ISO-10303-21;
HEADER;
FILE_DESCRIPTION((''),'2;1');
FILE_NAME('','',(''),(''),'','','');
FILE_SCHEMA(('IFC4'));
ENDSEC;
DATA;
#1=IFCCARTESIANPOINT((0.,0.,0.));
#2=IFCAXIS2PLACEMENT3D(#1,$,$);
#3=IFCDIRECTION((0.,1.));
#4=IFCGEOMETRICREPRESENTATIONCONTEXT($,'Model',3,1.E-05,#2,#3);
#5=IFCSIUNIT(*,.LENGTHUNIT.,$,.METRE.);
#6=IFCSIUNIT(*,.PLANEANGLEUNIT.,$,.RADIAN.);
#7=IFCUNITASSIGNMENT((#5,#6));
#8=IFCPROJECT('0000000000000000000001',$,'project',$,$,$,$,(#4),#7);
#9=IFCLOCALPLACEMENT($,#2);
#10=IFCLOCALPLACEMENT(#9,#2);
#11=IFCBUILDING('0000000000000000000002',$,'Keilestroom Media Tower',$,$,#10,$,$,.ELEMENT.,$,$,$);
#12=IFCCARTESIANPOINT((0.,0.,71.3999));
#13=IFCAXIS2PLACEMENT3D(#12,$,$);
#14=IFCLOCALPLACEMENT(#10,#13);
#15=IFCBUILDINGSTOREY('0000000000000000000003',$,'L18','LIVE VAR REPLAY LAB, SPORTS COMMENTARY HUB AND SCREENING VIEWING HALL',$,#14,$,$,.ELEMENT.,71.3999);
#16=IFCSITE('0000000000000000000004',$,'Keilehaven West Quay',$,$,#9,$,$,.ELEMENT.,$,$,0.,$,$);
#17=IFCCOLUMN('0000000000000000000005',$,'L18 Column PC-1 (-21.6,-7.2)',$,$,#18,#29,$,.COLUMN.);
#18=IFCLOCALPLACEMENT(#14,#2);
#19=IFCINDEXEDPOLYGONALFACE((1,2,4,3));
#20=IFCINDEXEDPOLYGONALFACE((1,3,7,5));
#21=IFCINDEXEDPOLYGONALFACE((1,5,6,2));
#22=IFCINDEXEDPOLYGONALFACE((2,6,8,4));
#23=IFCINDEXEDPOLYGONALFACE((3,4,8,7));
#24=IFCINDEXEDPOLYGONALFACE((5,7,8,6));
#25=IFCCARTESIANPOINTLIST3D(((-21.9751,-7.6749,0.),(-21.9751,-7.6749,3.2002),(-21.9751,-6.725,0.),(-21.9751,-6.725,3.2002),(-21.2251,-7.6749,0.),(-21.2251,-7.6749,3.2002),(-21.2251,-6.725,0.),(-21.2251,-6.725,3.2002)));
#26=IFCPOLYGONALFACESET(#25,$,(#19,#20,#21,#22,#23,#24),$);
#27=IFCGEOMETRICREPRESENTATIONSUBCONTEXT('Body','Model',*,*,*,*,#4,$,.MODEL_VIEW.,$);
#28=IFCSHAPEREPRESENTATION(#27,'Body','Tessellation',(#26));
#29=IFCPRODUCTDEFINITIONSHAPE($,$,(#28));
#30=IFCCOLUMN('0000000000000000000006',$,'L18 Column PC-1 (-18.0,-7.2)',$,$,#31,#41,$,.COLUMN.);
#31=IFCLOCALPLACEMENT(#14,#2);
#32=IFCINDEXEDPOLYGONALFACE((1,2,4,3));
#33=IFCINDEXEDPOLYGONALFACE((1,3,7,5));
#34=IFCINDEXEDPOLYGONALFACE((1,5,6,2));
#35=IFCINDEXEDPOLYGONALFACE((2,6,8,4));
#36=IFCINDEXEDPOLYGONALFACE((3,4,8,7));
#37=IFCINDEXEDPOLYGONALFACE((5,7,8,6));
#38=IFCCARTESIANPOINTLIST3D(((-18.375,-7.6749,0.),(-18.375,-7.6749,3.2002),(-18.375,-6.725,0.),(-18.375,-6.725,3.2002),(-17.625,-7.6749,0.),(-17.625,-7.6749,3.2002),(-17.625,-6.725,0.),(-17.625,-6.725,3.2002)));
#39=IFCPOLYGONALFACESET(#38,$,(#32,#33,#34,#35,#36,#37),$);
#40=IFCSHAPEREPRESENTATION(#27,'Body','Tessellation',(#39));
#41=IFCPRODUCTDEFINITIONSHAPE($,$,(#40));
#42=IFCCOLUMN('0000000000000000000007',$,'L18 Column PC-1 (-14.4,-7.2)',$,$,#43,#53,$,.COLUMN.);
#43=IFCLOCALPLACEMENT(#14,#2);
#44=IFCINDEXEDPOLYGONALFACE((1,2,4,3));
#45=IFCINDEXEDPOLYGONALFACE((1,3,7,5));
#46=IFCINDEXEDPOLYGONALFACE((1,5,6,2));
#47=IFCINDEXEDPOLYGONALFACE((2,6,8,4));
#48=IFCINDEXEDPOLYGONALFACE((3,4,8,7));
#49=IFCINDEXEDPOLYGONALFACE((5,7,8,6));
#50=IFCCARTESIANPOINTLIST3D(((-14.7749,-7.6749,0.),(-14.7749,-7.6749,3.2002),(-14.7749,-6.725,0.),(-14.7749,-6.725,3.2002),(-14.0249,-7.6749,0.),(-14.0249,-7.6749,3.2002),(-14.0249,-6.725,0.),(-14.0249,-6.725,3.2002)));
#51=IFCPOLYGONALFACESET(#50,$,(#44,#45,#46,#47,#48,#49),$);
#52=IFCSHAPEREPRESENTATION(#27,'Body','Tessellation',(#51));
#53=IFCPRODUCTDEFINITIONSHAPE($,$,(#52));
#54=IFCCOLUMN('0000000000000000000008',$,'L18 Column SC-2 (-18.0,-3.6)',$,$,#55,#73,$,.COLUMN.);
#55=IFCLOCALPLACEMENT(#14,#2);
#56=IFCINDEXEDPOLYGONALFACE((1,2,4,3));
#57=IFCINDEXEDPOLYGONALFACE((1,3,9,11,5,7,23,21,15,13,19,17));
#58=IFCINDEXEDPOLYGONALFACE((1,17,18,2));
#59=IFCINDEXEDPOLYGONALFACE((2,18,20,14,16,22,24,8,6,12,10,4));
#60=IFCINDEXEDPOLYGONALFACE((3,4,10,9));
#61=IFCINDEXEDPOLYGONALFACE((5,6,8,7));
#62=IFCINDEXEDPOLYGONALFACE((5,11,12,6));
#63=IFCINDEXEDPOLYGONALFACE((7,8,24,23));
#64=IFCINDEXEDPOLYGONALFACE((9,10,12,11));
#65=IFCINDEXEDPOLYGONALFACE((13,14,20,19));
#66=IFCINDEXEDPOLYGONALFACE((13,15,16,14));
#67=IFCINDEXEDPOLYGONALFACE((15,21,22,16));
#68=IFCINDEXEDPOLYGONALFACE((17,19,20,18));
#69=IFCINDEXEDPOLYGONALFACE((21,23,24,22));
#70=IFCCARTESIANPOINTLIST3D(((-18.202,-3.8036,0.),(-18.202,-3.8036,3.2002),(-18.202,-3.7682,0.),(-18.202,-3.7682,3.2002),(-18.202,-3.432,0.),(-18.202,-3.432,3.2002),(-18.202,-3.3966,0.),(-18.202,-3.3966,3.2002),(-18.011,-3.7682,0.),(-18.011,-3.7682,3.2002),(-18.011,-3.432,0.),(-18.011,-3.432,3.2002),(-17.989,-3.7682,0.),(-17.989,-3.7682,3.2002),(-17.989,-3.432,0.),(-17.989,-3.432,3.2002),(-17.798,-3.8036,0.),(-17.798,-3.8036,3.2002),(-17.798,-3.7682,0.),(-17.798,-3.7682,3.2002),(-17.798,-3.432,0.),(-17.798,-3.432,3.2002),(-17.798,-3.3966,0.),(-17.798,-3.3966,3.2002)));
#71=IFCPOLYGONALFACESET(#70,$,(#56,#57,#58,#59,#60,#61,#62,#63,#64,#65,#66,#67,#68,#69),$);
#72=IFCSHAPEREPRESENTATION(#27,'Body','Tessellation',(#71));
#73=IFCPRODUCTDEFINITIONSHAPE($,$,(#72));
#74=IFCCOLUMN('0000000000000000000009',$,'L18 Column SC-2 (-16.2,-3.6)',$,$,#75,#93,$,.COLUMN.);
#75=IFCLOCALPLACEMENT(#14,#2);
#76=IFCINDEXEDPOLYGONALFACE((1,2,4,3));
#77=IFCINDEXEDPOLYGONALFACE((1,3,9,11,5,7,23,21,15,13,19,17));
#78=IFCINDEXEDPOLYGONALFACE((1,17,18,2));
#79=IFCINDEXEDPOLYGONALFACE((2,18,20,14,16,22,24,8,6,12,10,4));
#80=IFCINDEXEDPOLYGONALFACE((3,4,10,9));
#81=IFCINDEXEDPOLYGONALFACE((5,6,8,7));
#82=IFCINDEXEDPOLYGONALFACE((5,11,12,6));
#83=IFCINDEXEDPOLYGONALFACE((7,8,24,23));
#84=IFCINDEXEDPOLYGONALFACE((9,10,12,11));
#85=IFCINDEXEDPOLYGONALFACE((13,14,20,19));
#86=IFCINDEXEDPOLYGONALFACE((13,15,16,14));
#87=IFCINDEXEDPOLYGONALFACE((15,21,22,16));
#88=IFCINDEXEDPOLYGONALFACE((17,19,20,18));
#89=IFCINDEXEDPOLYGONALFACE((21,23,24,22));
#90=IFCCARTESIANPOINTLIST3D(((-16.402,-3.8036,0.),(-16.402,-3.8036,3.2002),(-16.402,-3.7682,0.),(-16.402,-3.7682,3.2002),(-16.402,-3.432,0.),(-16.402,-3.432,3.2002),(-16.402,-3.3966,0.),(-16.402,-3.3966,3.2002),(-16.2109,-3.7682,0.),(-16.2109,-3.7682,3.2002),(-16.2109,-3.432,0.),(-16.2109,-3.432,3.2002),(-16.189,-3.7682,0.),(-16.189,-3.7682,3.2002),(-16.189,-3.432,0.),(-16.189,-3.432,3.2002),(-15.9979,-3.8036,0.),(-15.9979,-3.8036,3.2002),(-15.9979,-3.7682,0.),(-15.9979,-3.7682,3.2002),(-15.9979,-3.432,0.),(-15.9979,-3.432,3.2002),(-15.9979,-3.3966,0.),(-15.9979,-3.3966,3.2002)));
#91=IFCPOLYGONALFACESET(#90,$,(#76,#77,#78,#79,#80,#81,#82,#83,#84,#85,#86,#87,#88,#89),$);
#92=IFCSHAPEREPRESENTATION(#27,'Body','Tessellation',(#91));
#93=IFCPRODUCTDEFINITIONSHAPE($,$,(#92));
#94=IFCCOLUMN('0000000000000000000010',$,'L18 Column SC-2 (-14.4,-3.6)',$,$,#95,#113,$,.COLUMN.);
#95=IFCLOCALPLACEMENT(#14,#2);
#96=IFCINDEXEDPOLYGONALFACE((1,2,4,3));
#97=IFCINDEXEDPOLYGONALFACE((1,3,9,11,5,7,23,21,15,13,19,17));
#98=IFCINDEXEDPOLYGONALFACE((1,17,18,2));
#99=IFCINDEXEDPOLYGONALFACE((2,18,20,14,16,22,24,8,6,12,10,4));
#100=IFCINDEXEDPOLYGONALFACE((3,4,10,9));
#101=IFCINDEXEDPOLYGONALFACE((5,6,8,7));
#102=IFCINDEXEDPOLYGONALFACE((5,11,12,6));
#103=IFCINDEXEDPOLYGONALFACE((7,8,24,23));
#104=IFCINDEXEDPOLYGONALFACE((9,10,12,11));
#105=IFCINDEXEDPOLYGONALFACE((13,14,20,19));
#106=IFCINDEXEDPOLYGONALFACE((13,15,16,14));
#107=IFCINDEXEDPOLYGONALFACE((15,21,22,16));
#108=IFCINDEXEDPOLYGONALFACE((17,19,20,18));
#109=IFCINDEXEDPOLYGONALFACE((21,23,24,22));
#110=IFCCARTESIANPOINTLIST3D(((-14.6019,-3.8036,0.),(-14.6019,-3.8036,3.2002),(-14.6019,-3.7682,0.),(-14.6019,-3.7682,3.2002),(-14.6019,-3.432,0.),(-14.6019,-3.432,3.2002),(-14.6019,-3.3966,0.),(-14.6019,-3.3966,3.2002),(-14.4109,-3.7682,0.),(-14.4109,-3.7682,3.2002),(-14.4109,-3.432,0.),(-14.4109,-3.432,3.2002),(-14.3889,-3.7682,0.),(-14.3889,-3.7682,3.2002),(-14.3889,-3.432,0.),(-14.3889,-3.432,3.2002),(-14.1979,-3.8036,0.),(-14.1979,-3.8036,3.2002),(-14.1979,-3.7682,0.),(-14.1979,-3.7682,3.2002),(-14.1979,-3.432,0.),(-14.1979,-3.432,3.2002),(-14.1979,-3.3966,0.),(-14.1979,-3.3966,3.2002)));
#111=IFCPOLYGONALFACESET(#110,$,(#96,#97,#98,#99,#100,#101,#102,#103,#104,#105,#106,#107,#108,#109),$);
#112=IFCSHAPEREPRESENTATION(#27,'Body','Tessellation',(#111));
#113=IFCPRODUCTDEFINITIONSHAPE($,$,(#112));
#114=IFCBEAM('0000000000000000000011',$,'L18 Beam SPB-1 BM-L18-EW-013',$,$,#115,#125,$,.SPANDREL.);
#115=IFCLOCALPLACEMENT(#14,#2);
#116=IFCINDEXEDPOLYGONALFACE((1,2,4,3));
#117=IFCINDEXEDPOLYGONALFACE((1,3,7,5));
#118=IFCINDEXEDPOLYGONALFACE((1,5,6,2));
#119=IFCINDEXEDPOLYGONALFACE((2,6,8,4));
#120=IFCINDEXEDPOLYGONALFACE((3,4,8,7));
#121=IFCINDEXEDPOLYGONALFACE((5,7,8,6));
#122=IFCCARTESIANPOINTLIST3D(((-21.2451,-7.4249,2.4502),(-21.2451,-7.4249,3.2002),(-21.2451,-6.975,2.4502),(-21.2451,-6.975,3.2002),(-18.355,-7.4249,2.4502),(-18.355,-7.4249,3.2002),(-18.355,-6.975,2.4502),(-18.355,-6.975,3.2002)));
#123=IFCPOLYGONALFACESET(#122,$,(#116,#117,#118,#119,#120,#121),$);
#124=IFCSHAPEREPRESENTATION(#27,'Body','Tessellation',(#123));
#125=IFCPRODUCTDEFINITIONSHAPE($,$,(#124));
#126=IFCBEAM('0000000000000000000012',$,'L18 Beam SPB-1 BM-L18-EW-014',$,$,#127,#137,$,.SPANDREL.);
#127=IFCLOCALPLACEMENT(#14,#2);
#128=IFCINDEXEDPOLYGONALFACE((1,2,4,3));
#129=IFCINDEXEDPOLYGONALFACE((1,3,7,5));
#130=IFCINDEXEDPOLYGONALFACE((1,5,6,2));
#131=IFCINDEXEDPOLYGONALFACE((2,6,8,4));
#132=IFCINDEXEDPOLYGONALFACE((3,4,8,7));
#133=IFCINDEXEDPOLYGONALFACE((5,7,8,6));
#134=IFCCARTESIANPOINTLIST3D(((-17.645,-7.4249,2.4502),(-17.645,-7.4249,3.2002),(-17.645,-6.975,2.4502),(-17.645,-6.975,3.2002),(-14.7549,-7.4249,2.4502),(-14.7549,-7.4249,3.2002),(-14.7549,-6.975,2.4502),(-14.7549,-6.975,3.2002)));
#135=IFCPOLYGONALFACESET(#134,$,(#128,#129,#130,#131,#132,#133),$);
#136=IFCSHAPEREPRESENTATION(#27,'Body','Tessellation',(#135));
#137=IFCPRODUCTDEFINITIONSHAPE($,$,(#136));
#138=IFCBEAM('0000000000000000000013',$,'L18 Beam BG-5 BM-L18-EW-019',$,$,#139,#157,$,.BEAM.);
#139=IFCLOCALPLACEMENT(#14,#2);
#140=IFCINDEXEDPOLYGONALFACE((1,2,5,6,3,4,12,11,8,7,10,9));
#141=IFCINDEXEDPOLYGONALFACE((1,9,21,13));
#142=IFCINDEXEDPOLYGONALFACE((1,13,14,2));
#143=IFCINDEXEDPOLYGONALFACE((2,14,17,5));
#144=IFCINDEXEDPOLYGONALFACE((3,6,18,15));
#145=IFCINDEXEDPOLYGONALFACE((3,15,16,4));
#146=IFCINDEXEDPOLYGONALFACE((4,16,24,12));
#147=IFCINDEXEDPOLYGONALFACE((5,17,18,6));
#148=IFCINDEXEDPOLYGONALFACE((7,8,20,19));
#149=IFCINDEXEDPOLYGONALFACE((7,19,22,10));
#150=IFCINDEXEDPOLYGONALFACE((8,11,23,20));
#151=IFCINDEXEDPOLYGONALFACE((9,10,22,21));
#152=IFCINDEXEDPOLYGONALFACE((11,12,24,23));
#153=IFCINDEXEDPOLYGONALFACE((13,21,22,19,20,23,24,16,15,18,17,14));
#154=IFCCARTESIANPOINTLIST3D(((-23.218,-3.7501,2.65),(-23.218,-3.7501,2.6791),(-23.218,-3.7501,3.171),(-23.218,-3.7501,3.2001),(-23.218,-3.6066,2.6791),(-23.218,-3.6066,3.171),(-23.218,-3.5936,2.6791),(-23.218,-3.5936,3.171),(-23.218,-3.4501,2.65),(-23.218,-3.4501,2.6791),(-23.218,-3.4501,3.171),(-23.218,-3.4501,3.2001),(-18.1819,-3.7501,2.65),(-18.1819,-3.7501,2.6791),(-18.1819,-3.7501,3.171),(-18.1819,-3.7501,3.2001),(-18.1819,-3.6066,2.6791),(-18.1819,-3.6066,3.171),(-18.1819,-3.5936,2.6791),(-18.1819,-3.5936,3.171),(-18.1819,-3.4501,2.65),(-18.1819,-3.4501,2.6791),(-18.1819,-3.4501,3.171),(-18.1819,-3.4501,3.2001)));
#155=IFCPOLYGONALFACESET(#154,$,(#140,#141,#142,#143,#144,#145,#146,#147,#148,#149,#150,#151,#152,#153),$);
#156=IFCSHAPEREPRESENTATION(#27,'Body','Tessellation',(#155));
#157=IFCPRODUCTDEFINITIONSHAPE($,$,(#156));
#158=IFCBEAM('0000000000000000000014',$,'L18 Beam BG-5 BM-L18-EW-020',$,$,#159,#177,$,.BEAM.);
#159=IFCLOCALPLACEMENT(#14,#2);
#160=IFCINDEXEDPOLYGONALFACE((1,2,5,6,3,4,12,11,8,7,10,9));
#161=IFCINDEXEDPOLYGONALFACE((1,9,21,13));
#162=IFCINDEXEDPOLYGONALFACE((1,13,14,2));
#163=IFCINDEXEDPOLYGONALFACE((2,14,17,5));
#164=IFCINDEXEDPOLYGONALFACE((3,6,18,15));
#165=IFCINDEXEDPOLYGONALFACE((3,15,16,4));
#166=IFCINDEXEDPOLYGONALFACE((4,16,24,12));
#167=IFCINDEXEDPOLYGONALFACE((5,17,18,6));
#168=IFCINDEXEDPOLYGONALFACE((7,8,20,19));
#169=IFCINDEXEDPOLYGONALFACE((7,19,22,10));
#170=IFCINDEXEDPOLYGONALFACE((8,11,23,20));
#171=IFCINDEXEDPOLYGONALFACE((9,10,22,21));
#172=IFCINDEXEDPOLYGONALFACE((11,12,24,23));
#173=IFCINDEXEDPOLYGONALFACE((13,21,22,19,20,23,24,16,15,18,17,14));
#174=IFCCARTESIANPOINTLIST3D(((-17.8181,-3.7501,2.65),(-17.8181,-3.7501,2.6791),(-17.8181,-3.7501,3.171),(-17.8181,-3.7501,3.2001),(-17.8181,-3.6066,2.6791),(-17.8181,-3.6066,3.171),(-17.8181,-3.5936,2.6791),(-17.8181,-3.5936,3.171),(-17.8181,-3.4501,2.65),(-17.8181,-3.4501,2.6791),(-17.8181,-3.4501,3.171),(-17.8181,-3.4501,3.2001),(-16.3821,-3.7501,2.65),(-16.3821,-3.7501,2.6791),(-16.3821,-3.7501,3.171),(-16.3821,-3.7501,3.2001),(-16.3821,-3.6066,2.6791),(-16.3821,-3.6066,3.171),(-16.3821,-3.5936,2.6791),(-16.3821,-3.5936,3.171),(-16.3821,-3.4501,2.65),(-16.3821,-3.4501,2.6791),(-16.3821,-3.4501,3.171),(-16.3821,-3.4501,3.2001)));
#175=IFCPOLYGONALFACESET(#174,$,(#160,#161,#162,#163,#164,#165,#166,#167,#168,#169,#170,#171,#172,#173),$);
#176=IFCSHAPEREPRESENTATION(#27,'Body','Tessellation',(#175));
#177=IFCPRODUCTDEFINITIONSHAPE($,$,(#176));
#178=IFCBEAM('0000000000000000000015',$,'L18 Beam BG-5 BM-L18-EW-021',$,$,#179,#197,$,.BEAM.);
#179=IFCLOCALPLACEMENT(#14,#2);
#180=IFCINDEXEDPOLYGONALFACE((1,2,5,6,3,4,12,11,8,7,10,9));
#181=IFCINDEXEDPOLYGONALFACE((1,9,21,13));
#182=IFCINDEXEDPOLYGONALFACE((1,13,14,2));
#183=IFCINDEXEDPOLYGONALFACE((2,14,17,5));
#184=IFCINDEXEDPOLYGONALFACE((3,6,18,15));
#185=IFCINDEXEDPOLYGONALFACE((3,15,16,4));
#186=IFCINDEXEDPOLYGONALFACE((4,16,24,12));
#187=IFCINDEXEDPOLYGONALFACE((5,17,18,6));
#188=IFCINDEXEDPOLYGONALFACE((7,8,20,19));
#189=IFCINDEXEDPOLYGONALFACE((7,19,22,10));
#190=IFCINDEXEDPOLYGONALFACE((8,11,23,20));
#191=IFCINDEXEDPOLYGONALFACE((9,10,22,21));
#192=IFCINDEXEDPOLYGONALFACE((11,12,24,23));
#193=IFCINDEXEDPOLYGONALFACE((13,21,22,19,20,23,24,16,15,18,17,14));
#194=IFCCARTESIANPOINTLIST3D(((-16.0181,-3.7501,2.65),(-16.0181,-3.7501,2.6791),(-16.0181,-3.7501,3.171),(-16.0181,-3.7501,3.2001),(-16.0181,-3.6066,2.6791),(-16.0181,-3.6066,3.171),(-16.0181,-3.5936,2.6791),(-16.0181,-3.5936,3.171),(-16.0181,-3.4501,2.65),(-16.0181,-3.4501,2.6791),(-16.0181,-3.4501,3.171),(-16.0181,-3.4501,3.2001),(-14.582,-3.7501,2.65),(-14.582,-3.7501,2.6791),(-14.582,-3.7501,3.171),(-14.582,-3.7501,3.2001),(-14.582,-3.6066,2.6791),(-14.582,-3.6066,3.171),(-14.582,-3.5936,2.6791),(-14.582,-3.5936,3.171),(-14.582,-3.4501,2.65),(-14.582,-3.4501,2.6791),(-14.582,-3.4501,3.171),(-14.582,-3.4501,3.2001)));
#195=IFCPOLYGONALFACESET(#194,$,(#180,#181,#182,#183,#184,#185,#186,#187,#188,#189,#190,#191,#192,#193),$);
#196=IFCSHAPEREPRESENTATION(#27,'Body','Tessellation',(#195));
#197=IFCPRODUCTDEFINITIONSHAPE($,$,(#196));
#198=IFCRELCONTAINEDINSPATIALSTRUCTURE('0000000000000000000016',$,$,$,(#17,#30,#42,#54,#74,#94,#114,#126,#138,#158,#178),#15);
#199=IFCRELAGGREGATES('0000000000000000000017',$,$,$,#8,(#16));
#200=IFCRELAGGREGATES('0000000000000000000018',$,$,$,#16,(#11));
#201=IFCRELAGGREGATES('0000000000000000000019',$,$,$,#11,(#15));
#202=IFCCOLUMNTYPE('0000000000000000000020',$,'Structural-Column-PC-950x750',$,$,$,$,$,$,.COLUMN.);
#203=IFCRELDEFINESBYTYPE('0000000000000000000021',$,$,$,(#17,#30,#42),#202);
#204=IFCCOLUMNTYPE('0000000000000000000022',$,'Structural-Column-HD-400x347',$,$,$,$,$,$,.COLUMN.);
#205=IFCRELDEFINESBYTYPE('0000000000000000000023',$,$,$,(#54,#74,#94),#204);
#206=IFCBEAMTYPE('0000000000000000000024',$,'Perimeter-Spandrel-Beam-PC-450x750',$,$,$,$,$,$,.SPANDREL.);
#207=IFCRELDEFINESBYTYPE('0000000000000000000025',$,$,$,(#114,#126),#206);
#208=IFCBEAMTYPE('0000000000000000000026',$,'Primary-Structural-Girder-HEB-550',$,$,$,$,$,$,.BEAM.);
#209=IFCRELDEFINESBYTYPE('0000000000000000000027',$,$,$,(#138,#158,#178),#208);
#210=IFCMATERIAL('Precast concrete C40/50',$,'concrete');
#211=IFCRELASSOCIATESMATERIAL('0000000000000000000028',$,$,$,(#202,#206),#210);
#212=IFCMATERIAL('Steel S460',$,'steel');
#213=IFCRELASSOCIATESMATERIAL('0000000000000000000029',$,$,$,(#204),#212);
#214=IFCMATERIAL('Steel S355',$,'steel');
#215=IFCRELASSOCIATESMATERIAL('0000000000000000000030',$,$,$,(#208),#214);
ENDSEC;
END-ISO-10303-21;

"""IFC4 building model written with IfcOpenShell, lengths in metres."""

from ifc_helpers import new_model, si_unit, direction, frame, origin, origin_2d, place, context, subcontext, project, spatial, rectangle, i_section, extrude, source, transform, mapped, material, material_profile, profile_set, type_object, element, save


model = new_model("IFC4")

# Units and contexts
model_context = context("Model", 3, precision=1e-05, world=origin(), true_north=direction((0.0, 1.0)))
body_context = subcontext(model_context, "Body", "Model", "MODEL_VIEW")
ifc_project = project(units=[si_unit("LENGTHUNIT", "METRE"), si_unit("PLANEANGLEUNIT", "RADIAN")], contexts=[model_context])

# Site, building, storey
site_placement = place(None, origin())
site = spatial("IfcSite", under=ifc_project, at=site_placement, Name="Keilehaven West Quay", CompositionType="ELEMENT", RefElevation=0.0)
building_placement = place(site_placement, origin())
building = spatial("IfcBuilding", under=site, at=building_placement, Name="Keilestroom Media Tower", CompositionType="ELEMENT")
storey_placement = place(building_placement, frame((0.0, 0.0, 71.3999)))
storey = spatial("IfcBuildingStorey", under=building, at=storey_placement, Name="L18", Description="LIVE VAR REPLAY LAB, SPORTS COMMENTARY HUB AND SCREENING VIEWING HALL", CompositionType="ELEMENT", Elevation=71.3999)

# Columns
ifc_material_1 = material(Name="Precast concrete C40/50", Category="concrete")
ifc_material_profile_1 = material_profile(ifc_material_1, rectangle(XDim=0.75, YDim=0.95, at=origin_2d()), Name="PC 950x750")
ifc_profile_set_1 = profile_set([ifc_material_profile_1], Name="Precast concrete C40/50")
column_type_1 = type_object("IfcColumnType", Name="Structural-Column-PC-950x750", PredefinedType="COLUMN", material=ifc_profile_set_1)
shared_shape_1 = source(origin(), body_context, "Body", "SweptSolid", [
    extrude(rectangle(XDim=0.75, YDim=0.95, at=origin_2d()), origin(), (0.0, 0.0, 1.0), 3.2002),
])
for number, where, z_axis, x_axis, name in (
    (1, (-21.6001, -7.2, 0.0), (0.0, 0.0, 1.0), (1.0, 0.0, 0.0), "L18 Column PC-1 (-21.6,-7.2)"),
    (2, (-18.0, -7.2, 0.0), (0.0, 0.0, 1.0), (1.0, 0.0, 0.0), "L18 Column PC-1 (-18.0,-7.2)"),
    (3, (-14.3999, -7.2, 0.0), (0.0, 0.0, 1.0), (1.0, 0.0, 0.0), "L18 Column PC-1 (-14.4,-7.2)"),
):
    element("IfcColumn", number, at=place(storey_placement, frame(where, z_axis=z_axis, x_axis=x_axis)), inside=storey, type_object=column_type_1, Name=name, PredefinedType="COLUMN", context=body_context, shape_type="MappedRepresentation", body=[
        mapped(shared_shape_1, transform((0.0, 0.0, 0.0), x_axis=(1.0, 0.0, 0.0), y_axis=(0.0, 1.0, 0.0), z_axis=(0.0, 0.0, 1.0), scale=1.0)),
    ])
ifc_material_2 = material(Name="Steel S460", Category="steel")
ifc_material_profile_2 = material_profile(ifc_material_2, i_section(OverallWidth=0.4041, OverallDepth=0.407, WebThickness=0.022, FlangeThickness=0.0354, at=origin_2d()), Name="HD 400x347")
ifc_profile_set_2 = profile_set([ifc_material_profile_2], Name="Steel S460")
column_type_2 = type_object("IfcColumnType", Name="Structural-Column-HD-400x347", PredefinedType="COLUMN", material=ifc_profile_set_2)
shared_shape_2 = source(origin(), body_context, "Body", "SweptSolid", [
    extrude(i_section(OverallWidth=0.4041, OverallDepth=0.407, WebThickness=0.022, FlangeThickness=0.0354, at=origin_2d()), origin(), (0.0, 0.0, 1.0), 3.2002),
])
for number, where, z_axis, x_axis, name in (
    (4, (-18.0, -3.6001, 0.0), (0.0, 0.0, 1.0), (1.0, 0.0, 0.0), "L18 Column SC-2 (-18.0,-3.6)"),
    (5, (-16.2, -3.6001, 0.0), (0.0, 0.0, 1.0), (1.0, 0.0, 0.0), "L18 Column SC-2 (-16.2,-3.6)"),
    (6, (-14.3999, -3.6001, 0.0), (0.0, 0.0, 1.0), (1.0, 0.0, 0.0), "L18 Column SC-2 (-14.4,-3.6)"),
):
    element("IfcColumn", number, at=place(storey_placement, frame(where, z_axis=z_axis, x_axis=x_axis)), inside=storey, type_object=column_type_2, Name=name, PredefinedType="COLUMN", context=body_context, shape_type="MappedRepresentation", body=[
        mapped(shared_shape_2, transform((0.0, 0.0, 0.0), x_axis=(1.0, 0.0, 0.0), y_axis=(0.0, 1.0, 0.0), z_axis=(0.0, 0.0, 1.0), scale=1.0)),
    ])

# Beams
ifc_material_profile_3 = material_profile(ifc_material_1, rectangle(XDim=0.45, YDim=0.75, at=origin_2d()), Name="PC 450x750")
ifc_profile_set_3 = profile_set([ifc_material_profile_3], Name="Precast concrete C40/50")
beam_type_1 = type_object("IfcBeamType", Name="Perimeter-Spandrel-Beam-PC-450x750", PredefinedType="SPANDREL", material=ifc_profile_set_3)
shared_shape_3 = source(origin(), body_context, "Body", "SweptSolid", [
    extrude(rectangle(XDim=0.45, YDim=0.75, at=origin_2d()), origin(), (0.0, 0.0, 1.0), 2.8901),
])
for number, where, z_axis, x_axis, name in (
    (7, (-21.2451, -7.2, 2.8252), (1.0, 0.0, 0.0), (0.0, 1.0, 0.0), "L18 Beam SPB-1 BM-L18-EW-013"),
    (8, (-17.645, -7.2, 2.8252), (1.0, 0.0, 0.0), (0.0, 1.0, 0.0), "L18 Beam SPB-1 BM-L18-EW-014"),
):
    element("IfcBeam", number, at=place(storey_placement, frame(where, z_axis=z_axis, x_axis=x_axis)), inside=storey, type_object=beam_type_1, Name=name, PredefinedType="SPANDREL", context=body_context, shape_type="MappedRepresentation", body=[
        mapped(shared_shape_3, transform((0.0, 0.0, 0.0), x_axis=(1.0, 0.0, 0.0), y_axis=(0.0, 1.0, 0.0), z_axis=(0.0, 0.0, 1.0), scale=1.0)),
    ])
ifc_material_3 = material(Name="Steel S355", Category="steel")
ifc_material_profile_4 = material_profile(ifc_material_3, i_section(OverallWidth=0.3, OverallDepth=0.55, WebThickness=0.0129, FlangeThickness=0.0291, at=origin_2d()), Name="HEB 550")
ifc_profile_set_4 = profile_set([ifc_material_profile_4], Name="Steel S355")
beam_type_2 = type_object("IfcBeamType", Name="Primary-Structural-Girder-HEB-550", PredefinedType="BEAM", material=ifc_profile_set_4)
shared_shape_4 = source(origin(), body_context, "Body", "SweptSolid", [
    extrude(i_section(OverallWidth=0.3, OverallDepth=0.55, WebThickness=0.0129, FlangeThickness=0.0291, at=origin_2d()), origin(), (0.0, 0.0, 1.0), 5.0361),
])
beam_1_placement = place(storey_placement, frame((-23.218, -3.6001, 2.925), z_axis=(1.0, 0.0, 0.0), x_axis=(0.0, 1.0, 0.0)))
element("IfcBeam", 9, at=beam_1_placement, inside=storey, type_object=beam_type_2, Name="L18 Beam BG-5 BM-L18-EW-019", PredefinedType="BEAM", context=body_context, shape_type="MappedRepresentation", body=[
    mapped(shared_shape_4, transform((0.0, 0.0, 0.0), x_axis=(1.0, 0.0, 0.0), y_axis=(0.0, 1.0, 0.0), z_axis=(0.0, 0.0, 1.0), scale=1.0)),
])
shared_shape_5 = source(origin(), body_context, "Body", "SweptSolid", [
    extrude(i_section(OverallWidth=0.3, OverallDepth=0.55, WebThickness=0.0129, FlangeThickness=0.0291, at=origin_2d()), origin(), (0.0, 0.0, 1.0), 1.436),
])
for number, where, z_axis, x_axis, name in (
    (10, (-17.8181, -3.6001, 2.925), (1.0, 0.0, 0.0), (0.0, 1.0, 0.0), "L18 Beam BG-5 BM-L18-EW-020"),
    (11, (-16.0181, -3.6001, 2.925), (1.0, 0.0, 0.0), (0.0, 1.0, 0.0), "L18 Beam BG-5 BM-L18-EW-021"),
):
    element("IfcBeam", number, at=place(storey_placement, frame(where, z_axis=z_axis, x_axis=x_axis)), inside=storey, type_object=beam_type_2, Name=name, PredefinedType="BEAM", context=body_context, shape_type="MappedRepresentation", body=[
        mapped(shared_shape_5, transform((0.0, 0.0, 0.0), x_axis=(1.0, 0.0, 0.0), y_axis=(0.0, 1.0, 0.0), z_axis=(0.0, 0.0, 1.0), scale=1.0)),
    ])

save(model, "model.ifc")
